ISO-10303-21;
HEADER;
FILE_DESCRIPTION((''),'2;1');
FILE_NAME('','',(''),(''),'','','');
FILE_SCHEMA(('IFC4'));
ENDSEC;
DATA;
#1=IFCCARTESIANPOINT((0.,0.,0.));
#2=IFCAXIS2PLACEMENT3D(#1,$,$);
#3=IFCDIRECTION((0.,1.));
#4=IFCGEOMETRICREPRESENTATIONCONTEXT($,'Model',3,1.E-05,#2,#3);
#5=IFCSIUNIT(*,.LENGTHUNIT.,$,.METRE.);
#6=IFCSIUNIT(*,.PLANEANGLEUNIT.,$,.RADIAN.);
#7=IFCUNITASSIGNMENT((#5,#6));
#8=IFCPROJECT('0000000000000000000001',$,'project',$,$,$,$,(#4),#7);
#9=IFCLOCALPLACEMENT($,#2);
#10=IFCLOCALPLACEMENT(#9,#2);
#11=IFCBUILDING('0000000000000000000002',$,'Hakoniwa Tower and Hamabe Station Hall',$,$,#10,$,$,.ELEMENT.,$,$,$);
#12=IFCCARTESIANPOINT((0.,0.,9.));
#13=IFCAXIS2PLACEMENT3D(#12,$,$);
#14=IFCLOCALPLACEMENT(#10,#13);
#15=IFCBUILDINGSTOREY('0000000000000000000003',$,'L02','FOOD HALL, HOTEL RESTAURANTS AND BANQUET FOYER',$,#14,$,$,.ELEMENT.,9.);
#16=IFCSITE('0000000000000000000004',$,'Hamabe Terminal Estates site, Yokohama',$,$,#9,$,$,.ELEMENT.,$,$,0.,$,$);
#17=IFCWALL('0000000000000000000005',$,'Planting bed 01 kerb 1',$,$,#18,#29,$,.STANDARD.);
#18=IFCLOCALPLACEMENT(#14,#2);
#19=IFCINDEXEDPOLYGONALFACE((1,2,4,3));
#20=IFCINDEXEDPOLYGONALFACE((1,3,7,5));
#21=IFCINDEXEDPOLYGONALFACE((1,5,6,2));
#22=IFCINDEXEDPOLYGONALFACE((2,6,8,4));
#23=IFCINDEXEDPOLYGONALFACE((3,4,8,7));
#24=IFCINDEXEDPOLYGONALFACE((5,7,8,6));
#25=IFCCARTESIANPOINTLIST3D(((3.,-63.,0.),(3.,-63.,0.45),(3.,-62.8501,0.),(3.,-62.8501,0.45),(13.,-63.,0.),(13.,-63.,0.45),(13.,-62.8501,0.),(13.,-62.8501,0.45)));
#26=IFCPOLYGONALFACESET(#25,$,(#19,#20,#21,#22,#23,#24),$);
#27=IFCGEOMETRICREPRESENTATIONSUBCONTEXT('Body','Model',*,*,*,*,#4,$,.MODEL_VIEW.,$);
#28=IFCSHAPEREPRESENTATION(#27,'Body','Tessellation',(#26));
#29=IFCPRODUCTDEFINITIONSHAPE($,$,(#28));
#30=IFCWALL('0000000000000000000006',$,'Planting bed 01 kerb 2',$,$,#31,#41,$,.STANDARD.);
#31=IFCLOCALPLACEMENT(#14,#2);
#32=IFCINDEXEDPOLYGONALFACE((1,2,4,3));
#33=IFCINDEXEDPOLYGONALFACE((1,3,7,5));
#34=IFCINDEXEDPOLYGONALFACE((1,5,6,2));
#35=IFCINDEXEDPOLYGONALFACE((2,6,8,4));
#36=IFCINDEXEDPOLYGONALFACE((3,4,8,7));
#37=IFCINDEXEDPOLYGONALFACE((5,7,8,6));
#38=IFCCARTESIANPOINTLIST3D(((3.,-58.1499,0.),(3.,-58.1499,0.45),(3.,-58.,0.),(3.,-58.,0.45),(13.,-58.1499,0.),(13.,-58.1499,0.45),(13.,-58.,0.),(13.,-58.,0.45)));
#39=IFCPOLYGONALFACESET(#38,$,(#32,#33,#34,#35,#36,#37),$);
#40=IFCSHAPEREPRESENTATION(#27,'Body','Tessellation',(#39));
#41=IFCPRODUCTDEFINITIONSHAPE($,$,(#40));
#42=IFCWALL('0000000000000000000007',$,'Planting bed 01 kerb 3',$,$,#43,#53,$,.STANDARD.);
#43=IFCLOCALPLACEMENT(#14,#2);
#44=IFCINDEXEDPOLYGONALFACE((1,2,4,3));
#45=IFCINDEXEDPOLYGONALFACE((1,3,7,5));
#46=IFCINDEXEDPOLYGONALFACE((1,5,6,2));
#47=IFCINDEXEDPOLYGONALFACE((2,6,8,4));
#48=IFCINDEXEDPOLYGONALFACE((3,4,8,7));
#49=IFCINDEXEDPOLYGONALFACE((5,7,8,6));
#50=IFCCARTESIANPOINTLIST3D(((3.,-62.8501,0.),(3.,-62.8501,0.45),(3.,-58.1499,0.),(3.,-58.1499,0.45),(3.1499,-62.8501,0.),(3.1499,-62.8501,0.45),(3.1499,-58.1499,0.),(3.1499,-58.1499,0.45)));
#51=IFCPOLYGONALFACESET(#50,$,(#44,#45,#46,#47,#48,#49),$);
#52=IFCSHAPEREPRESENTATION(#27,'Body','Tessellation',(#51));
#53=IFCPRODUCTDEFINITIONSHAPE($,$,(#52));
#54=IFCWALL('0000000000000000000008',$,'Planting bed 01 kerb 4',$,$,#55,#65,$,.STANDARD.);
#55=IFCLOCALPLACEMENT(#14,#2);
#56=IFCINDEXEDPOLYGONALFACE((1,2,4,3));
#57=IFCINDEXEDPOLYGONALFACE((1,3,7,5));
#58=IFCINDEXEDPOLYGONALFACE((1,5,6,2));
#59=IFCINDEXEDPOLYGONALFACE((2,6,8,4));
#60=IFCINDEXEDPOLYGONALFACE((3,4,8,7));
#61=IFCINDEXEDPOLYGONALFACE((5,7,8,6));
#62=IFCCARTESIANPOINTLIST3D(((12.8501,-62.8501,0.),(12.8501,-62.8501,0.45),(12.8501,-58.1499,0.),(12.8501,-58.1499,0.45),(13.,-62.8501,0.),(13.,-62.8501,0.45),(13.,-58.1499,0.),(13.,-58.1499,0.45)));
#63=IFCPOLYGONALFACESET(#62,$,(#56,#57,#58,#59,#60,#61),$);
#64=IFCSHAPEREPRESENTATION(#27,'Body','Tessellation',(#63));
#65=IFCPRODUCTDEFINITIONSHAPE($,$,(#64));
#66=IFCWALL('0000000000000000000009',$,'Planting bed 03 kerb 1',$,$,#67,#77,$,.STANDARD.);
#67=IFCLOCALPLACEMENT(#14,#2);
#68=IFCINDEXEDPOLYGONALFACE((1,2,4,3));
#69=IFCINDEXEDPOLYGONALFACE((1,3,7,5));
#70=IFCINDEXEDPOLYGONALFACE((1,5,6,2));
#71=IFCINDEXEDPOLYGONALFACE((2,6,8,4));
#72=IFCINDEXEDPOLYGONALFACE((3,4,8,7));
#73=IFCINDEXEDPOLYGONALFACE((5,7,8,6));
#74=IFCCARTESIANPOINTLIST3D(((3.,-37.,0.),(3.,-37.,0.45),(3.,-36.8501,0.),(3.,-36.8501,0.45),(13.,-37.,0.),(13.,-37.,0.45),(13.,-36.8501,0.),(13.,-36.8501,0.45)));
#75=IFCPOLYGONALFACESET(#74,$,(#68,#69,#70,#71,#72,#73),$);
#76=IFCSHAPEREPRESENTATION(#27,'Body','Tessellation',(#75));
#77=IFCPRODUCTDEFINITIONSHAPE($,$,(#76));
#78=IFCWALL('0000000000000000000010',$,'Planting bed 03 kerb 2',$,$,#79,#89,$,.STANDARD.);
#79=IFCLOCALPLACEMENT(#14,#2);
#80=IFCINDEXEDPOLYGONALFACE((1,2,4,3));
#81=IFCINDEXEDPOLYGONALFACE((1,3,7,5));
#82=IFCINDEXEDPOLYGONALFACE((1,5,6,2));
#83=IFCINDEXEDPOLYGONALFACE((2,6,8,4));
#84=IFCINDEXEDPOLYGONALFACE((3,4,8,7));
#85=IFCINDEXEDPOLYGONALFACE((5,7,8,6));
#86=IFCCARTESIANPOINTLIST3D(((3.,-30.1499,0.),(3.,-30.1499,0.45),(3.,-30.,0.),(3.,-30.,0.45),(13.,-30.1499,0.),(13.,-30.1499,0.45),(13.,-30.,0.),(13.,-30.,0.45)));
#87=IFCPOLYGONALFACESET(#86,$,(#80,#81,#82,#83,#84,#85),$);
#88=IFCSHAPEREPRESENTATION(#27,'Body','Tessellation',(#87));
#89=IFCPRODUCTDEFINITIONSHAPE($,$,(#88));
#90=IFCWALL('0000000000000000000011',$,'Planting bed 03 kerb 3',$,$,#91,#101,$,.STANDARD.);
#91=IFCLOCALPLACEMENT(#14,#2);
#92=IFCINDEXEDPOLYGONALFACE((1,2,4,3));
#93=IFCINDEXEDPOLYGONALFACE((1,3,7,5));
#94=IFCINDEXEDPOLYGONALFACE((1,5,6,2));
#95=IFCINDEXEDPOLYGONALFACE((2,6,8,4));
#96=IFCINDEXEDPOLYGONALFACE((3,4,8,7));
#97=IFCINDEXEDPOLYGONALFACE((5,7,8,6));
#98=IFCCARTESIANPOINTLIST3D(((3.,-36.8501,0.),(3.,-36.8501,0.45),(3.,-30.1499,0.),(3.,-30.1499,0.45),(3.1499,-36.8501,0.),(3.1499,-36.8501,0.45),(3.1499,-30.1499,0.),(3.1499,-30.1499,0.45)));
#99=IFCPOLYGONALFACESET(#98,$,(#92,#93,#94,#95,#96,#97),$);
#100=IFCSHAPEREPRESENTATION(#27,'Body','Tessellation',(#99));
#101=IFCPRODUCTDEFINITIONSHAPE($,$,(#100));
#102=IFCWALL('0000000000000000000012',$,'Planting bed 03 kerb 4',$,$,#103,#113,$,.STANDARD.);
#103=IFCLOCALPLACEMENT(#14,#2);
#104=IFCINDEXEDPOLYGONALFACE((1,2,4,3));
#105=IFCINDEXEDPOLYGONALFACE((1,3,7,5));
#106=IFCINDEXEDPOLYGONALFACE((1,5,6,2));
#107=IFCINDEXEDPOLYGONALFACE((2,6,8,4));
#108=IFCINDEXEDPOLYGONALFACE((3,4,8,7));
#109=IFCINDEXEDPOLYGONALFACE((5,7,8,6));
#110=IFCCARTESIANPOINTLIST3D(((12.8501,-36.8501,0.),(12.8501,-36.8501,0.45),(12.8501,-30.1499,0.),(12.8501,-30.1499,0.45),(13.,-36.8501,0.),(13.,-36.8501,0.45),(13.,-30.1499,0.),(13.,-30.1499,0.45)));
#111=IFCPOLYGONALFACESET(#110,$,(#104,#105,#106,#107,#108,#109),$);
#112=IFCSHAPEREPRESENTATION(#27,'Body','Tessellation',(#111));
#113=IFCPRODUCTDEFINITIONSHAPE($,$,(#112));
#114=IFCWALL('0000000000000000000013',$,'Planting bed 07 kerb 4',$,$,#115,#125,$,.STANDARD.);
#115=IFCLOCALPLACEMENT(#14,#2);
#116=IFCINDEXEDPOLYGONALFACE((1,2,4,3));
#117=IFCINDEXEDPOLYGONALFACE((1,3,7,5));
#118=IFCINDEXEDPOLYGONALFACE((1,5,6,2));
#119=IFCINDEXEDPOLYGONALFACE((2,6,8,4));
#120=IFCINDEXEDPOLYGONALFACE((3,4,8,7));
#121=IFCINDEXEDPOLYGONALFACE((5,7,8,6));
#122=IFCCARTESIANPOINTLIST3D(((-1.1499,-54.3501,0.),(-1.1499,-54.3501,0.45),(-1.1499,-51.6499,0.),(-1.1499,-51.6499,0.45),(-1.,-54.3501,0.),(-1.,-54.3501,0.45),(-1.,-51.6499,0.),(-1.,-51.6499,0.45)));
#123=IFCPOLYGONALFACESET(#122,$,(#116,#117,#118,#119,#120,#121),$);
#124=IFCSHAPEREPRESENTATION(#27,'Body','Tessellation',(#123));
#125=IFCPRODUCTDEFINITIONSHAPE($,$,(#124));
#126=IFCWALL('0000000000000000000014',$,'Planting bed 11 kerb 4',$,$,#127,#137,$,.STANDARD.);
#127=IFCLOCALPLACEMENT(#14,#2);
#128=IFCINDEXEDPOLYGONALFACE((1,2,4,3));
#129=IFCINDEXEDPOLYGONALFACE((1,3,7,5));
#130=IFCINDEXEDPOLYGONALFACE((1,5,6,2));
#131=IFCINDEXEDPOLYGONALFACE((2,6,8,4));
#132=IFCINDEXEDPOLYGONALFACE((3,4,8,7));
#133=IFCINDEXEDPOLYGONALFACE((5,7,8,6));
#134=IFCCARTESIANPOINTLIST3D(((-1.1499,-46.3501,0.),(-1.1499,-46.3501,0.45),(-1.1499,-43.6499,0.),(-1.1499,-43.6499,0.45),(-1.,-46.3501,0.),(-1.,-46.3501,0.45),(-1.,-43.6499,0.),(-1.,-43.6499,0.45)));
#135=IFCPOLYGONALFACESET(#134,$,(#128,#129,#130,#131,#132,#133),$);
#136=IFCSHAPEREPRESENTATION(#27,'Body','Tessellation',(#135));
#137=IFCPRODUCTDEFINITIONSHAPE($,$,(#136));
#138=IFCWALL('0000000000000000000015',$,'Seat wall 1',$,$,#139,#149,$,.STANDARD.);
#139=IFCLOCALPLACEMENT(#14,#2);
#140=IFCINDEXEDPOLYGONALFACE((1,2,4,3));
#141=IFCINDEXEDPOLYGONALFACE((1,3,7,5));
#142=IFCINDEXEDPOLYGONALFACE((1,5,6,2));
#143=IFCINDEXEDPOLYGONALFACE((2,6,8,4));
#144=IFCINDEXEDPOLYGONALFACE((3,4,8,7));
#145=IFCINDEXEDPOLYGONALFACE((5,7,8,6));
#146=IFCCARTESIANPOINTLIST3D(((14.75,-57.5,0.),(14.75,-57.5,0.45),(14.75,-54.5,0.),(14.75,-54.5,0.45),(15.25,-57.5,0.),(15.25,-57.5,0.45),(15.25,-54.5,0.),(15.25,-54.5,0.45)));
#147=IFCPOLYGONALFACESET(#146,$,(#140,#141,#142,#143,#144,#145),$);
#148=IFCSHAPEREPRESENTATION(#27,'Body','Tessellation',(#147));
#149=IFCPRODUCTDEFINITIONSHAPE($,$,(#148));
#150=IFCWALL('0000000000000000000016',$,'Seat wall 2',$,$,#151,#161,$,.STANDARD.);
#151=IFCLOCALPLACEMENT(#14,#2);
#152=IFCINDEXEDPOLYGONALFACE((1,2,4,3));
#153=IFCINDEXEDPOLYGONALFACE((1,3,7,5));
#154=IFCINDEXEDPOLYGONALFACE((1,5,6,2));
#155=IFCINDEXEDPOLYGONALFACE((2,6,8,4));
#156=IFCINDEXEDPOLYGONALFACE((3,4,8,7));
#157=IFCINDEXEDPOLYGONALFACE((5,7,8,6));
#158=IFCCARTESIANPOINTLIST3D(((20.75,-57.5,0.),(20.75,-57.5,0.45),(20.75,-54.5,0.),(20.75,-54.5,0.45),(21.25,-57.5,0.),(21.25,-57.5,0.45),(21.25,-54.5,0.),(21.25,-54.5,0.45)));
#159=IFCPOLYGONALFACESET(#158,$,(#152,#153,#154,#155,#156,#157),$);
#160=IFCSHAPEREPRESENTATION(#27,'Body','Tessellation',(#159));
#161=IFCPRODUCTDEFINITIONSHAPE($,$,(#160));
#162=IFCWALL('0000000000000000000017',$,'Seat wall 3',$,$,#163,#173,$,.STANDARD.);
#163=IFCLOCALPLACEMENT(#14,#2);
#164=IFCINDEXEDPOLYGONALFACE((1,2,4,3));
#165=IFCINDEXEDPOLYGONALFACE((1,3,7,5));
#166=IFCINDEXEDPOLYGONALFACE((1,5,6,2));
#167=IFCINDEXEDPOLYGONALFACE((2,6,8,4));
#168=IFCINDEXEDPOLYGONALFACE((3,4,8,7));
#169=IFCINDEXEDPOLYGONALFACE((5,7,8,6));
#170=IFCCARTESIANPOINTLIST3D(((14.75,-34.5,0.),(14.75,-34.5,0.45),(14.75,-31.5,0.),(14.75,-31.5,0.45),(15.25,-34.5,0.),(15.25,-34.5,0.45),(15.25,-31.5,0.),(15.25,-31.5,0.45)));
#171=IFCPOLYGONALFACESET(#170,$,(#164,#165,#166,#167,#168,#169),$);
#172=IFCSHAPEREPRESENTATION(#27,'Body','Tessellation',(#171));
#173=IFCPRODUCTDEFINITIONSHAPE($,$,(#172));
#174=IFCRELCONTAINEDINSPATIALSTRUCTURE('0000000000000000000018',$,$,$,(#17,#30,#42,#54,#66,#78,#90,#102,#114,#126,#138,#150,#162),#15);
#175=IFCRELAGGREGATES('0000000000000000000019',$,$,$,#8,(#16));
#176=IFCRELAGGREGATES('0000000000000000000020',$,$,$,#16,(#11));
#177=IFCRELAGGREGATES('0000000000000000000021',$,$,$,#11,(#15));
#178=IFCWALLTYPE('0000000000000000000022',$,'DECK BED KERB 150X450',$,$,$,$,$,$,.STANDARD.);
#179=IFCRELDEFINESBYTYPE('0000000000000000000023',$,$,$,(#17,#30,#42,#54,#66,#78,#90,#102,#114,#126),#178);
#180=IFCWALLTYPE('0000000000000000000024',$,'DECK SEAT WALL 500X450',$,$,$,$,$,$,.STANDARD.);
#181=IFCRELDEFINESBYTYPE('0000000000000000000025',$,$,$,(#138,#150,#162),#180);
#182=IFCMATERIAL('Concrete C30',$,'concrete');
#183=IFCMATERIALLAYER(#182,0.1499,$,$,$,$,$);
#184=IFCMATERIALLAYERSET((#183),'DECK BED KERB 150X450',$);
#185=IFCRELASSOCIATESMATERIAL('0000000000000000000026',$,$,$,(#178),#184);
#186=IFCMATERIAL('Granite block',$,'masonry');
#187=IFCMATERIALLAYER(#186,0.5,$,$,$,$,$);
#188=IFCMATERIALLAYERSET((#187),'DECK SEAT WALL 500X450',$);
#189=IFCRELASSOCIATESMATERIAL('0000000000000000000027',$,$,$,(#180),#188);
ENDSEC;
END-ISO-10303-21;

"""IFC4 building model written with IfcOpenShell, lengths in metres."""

from ifc_helpers import new_model, si_unit, direction, frame, frame_2d, origin, place, context, subcontext, project, spatial, rectangle, extrude, material, layer, layer_set, type_object, element, save


model = new_model("IFC4")

# Units and contexts
model_context = context("Model", 3, precision=1e-05, world=origin(), true_north=direction((0.0, 1.0)))
body_context = subcontext(model_context, "Body", "Model", "MODEL_VIEW")
ifc_project = project(units=[si_unit("LENGTHUNIT", "METRE"), si_unit("PLANEANGLEUNIT", "RADIAN")], contexts=[model_context])

# Site, building, storey
site_placement = place(None, origin())
site = spatial("IfcSite", under=ifc_project, at=site_placement, Name="Hamabe Terminal Estates site, Yokohama", CompositionType="ELEMENT", RefElevation=0.0)
building_placement = place(site_placement, origin())
building = spatial("IfcBuilding", under=site, at=building_placement, Name="Hakoniwa Tower and Hamabe Station Hall", CompositionType="ELEMENT")
storey_placement = place(building_placement, frame((0.0, 0.0, 9.0)))
storey = spatial("IfcBuildingStorey", under=building, at=storey_placement, Name="L02", Description="FOOD HALL, HOTEL RESTAURANTS AND BANQUET FOYER", CompositionType="ELEMENT", Elevation=9.0)

# Walls
ifc_material_1 = material(Name="Concrete C30", Category="concrete")
ifc_layer_1 = layer(ifc_material_1, 0.1499)
ifc_layer_set_1 = layer_set([ifc_layer_1], Name="DECK BED KERB 150X450")
wall_type_1 = type_object("IfcWallType", Name="DECK BED KERB 150X450", PredefinedType="STANDARD", material=ifc_layer_set_1)
for number, where, z_axis, x_axis, name in (
    (1, (3.0, -62.925, 0.0), (0.0, 0.0, 1.0), (1.0, 0.0, 0.0), "Planting bed 01 kerb 1"),
    (2, (3.0, -58.075, 0.0), (0.0, 0.0, 1.0), (1.0, 0.0, 0.0), "Planting bed 01 kerb 2"),
):
    element("IfcWall", number, at=place(storey_placement, frame(where, z_axis=z_axis, x_axis=x_axis)), inside=storey, type_object=wall_type_1, Name=name, PredefinedType="STANDARD", context=body_context, shape_type="SweptSolid", body=[
        extrude(rectangle(XDim=10.0, YDim=0.1499, at=frame_2d((5.0, 0.0))), origin(), (0.0, 0.0, 1.0), 0.45),
    ])
for number, where, z_axis, x_axis, name in (
    (3, (3.075, -62.8501, 0.0), (0.0, 0.0, 1.0), (0.0, 1.0, 0.0), "Planting bed 01 kerb 3"),
    (4, (12.925, -62.8501, 0.0), (0.0, 0.0, 1.0), (0.0, 1.0, 0.0), "Planting bed 01 kerb 4"),
):
    element("IfcWall", number, at=place(storey_placement, frame(where, z_axis=z_axis, x_axis=x_axis)), inside=storey, type_object=wall_type_1, Name=name, PredefinedType="STANDARD", context=body_context, shape_type="SweptSolid", body=[
        extrude(rectangle(XDim=4.7002, YDim=0.1499, at=frame_2d((2.3501, 0.0))), origin(), (0.0, 0.0, 1.0), 0.45),
    ])
for number, where, z_axis, x_axis, name in (
    (5, (3.0, -36.925, 0.0), (0.0, 0.0, 1.0), (1.0, 0.0, 0.0), "Planting bed 03 kerb 1"),
    (6, (3.0, -30.075, 0.0), (0.0, 0.0, 1.0), (1.0, 0.0, 0.0), "Planting bed 03 kerb 2"),
):
    element("IfcWall", number, at=place(storey_placement, frame(where, z_axis=z_axis, x_axis=x_axis)), inside=storey, type_object=wall_type_1, Name=name, PredefinedType="STANDARD", context=body_context, shape_type="SweptSolid", body=[
        extrude(rectangle(XDim=10.0, YDim=0.1499, at=frame_2d((5.0, 0.0))), origin(), (0.0, 0.0, 1.0), 0.45),
    ])
for number, where, z_axis, x_axis, name in (
    (7, (3.075, -36.8501, 0.0), (0.0, 0.0, 1.0), (0.0, 1.0, 0.0), "Planting bed 03 kerb 3"),
    (8, (12.925, -36.8501, 0.0), (0.0, 0.0, 1.0), (0.0, 1.0, 0.0), "Planting bed 03 kerb 4"),
):
    element("IfcWall", number, at=place(storey_placement, frame(where, z_axis=z_axis, x_axis=x_axis)), inside=storey, type_object=wall_type_1, Name=name, PredefinedType="STANDARD", context=body_context, shape_type="SweptSolid", body=[
        extrude(rectangle(XDim=6.7002, YDim=0.1499, at=frame_2d((3.3501, 0.0))), origin(), (0.0, 0.0, 1.0), 0.45),
    ])
for number, where, z_axis, x_axis, name in (
    (9, (-1.075, -54.3501, 0.0), (0.0, 0.0, 1.0), (0.0, 1.0, 0.0), "Planting bed 07 kerb 4"),
    (10, (-1.075, -46.3501, 0.0), (0.0, 0.0, 1.0), (0.0, 1.0, 0.0), "Planting bed 11 kerb 4"),
):
    element("IfcWall", number, at=place(storey_placement, frame(where, z_axis=z_axis, x_axis=x_axis)), inside=storey, type_object=wall_type_1, Name=name, PredefinedType="STANDARD", context=body_context, shape_type="SweptSolid", body=[
        extrude(rectangle(XDim=2.7002, YDim=0.1499, at=frame_2d((1.3501, 0.0))), origin(), (0.0, 0.0, 1.0), 0.45),
    ])
ifc_material_2 = material(Name="Granite block", Category="masonry")
ifc_layer_2 = layer(ifc_material_2, 0.5)
ifc_layer_set_2 = layer_set([ifc_layer_2], Name="DECK SEAT WALL 500X450")
wall_type_2 = type_object("IfcWallType", Name="DECK SEAT WALL 500X450", PredefinedType="STANDARD", material=ifc_layer_set_2)
for number, where, z_axis, x_axis, name in (
    (11, (15.0, -57.5, 0.0), (0.0, 0.0, 1.0), (0.0, 1.0, 0.0), "Seat wall 1"),
    (12, (21.0, -57.5, 0.0), (0.0, 0.0, 1.0), (0.0, 1.0, 0.0), "Seat wall 2"),
    (13, (15.0, -34.5, 0.0), (0.0, 0.0, 1.0), (0.0, 1.0, 0.0), "Seat wall 3"),
):
    element("IfcWall", number, at=place(storey_placement, frame(where, z_axis=z_axis, x_axis=x_axis)), inside=storey, type_object=wall_type_2, Name=name, PredefinedType="STANDARD", context=body_context, shape_type="SweptSolid", body=[
        extrude(rectangle(XDim=3.0, YDim=0.5, at=frame_2d((1.5, 0.0))), origin(), (0.0, 0.0, 1.0), 0.45),
    ])

save(model, "model.ifc")
